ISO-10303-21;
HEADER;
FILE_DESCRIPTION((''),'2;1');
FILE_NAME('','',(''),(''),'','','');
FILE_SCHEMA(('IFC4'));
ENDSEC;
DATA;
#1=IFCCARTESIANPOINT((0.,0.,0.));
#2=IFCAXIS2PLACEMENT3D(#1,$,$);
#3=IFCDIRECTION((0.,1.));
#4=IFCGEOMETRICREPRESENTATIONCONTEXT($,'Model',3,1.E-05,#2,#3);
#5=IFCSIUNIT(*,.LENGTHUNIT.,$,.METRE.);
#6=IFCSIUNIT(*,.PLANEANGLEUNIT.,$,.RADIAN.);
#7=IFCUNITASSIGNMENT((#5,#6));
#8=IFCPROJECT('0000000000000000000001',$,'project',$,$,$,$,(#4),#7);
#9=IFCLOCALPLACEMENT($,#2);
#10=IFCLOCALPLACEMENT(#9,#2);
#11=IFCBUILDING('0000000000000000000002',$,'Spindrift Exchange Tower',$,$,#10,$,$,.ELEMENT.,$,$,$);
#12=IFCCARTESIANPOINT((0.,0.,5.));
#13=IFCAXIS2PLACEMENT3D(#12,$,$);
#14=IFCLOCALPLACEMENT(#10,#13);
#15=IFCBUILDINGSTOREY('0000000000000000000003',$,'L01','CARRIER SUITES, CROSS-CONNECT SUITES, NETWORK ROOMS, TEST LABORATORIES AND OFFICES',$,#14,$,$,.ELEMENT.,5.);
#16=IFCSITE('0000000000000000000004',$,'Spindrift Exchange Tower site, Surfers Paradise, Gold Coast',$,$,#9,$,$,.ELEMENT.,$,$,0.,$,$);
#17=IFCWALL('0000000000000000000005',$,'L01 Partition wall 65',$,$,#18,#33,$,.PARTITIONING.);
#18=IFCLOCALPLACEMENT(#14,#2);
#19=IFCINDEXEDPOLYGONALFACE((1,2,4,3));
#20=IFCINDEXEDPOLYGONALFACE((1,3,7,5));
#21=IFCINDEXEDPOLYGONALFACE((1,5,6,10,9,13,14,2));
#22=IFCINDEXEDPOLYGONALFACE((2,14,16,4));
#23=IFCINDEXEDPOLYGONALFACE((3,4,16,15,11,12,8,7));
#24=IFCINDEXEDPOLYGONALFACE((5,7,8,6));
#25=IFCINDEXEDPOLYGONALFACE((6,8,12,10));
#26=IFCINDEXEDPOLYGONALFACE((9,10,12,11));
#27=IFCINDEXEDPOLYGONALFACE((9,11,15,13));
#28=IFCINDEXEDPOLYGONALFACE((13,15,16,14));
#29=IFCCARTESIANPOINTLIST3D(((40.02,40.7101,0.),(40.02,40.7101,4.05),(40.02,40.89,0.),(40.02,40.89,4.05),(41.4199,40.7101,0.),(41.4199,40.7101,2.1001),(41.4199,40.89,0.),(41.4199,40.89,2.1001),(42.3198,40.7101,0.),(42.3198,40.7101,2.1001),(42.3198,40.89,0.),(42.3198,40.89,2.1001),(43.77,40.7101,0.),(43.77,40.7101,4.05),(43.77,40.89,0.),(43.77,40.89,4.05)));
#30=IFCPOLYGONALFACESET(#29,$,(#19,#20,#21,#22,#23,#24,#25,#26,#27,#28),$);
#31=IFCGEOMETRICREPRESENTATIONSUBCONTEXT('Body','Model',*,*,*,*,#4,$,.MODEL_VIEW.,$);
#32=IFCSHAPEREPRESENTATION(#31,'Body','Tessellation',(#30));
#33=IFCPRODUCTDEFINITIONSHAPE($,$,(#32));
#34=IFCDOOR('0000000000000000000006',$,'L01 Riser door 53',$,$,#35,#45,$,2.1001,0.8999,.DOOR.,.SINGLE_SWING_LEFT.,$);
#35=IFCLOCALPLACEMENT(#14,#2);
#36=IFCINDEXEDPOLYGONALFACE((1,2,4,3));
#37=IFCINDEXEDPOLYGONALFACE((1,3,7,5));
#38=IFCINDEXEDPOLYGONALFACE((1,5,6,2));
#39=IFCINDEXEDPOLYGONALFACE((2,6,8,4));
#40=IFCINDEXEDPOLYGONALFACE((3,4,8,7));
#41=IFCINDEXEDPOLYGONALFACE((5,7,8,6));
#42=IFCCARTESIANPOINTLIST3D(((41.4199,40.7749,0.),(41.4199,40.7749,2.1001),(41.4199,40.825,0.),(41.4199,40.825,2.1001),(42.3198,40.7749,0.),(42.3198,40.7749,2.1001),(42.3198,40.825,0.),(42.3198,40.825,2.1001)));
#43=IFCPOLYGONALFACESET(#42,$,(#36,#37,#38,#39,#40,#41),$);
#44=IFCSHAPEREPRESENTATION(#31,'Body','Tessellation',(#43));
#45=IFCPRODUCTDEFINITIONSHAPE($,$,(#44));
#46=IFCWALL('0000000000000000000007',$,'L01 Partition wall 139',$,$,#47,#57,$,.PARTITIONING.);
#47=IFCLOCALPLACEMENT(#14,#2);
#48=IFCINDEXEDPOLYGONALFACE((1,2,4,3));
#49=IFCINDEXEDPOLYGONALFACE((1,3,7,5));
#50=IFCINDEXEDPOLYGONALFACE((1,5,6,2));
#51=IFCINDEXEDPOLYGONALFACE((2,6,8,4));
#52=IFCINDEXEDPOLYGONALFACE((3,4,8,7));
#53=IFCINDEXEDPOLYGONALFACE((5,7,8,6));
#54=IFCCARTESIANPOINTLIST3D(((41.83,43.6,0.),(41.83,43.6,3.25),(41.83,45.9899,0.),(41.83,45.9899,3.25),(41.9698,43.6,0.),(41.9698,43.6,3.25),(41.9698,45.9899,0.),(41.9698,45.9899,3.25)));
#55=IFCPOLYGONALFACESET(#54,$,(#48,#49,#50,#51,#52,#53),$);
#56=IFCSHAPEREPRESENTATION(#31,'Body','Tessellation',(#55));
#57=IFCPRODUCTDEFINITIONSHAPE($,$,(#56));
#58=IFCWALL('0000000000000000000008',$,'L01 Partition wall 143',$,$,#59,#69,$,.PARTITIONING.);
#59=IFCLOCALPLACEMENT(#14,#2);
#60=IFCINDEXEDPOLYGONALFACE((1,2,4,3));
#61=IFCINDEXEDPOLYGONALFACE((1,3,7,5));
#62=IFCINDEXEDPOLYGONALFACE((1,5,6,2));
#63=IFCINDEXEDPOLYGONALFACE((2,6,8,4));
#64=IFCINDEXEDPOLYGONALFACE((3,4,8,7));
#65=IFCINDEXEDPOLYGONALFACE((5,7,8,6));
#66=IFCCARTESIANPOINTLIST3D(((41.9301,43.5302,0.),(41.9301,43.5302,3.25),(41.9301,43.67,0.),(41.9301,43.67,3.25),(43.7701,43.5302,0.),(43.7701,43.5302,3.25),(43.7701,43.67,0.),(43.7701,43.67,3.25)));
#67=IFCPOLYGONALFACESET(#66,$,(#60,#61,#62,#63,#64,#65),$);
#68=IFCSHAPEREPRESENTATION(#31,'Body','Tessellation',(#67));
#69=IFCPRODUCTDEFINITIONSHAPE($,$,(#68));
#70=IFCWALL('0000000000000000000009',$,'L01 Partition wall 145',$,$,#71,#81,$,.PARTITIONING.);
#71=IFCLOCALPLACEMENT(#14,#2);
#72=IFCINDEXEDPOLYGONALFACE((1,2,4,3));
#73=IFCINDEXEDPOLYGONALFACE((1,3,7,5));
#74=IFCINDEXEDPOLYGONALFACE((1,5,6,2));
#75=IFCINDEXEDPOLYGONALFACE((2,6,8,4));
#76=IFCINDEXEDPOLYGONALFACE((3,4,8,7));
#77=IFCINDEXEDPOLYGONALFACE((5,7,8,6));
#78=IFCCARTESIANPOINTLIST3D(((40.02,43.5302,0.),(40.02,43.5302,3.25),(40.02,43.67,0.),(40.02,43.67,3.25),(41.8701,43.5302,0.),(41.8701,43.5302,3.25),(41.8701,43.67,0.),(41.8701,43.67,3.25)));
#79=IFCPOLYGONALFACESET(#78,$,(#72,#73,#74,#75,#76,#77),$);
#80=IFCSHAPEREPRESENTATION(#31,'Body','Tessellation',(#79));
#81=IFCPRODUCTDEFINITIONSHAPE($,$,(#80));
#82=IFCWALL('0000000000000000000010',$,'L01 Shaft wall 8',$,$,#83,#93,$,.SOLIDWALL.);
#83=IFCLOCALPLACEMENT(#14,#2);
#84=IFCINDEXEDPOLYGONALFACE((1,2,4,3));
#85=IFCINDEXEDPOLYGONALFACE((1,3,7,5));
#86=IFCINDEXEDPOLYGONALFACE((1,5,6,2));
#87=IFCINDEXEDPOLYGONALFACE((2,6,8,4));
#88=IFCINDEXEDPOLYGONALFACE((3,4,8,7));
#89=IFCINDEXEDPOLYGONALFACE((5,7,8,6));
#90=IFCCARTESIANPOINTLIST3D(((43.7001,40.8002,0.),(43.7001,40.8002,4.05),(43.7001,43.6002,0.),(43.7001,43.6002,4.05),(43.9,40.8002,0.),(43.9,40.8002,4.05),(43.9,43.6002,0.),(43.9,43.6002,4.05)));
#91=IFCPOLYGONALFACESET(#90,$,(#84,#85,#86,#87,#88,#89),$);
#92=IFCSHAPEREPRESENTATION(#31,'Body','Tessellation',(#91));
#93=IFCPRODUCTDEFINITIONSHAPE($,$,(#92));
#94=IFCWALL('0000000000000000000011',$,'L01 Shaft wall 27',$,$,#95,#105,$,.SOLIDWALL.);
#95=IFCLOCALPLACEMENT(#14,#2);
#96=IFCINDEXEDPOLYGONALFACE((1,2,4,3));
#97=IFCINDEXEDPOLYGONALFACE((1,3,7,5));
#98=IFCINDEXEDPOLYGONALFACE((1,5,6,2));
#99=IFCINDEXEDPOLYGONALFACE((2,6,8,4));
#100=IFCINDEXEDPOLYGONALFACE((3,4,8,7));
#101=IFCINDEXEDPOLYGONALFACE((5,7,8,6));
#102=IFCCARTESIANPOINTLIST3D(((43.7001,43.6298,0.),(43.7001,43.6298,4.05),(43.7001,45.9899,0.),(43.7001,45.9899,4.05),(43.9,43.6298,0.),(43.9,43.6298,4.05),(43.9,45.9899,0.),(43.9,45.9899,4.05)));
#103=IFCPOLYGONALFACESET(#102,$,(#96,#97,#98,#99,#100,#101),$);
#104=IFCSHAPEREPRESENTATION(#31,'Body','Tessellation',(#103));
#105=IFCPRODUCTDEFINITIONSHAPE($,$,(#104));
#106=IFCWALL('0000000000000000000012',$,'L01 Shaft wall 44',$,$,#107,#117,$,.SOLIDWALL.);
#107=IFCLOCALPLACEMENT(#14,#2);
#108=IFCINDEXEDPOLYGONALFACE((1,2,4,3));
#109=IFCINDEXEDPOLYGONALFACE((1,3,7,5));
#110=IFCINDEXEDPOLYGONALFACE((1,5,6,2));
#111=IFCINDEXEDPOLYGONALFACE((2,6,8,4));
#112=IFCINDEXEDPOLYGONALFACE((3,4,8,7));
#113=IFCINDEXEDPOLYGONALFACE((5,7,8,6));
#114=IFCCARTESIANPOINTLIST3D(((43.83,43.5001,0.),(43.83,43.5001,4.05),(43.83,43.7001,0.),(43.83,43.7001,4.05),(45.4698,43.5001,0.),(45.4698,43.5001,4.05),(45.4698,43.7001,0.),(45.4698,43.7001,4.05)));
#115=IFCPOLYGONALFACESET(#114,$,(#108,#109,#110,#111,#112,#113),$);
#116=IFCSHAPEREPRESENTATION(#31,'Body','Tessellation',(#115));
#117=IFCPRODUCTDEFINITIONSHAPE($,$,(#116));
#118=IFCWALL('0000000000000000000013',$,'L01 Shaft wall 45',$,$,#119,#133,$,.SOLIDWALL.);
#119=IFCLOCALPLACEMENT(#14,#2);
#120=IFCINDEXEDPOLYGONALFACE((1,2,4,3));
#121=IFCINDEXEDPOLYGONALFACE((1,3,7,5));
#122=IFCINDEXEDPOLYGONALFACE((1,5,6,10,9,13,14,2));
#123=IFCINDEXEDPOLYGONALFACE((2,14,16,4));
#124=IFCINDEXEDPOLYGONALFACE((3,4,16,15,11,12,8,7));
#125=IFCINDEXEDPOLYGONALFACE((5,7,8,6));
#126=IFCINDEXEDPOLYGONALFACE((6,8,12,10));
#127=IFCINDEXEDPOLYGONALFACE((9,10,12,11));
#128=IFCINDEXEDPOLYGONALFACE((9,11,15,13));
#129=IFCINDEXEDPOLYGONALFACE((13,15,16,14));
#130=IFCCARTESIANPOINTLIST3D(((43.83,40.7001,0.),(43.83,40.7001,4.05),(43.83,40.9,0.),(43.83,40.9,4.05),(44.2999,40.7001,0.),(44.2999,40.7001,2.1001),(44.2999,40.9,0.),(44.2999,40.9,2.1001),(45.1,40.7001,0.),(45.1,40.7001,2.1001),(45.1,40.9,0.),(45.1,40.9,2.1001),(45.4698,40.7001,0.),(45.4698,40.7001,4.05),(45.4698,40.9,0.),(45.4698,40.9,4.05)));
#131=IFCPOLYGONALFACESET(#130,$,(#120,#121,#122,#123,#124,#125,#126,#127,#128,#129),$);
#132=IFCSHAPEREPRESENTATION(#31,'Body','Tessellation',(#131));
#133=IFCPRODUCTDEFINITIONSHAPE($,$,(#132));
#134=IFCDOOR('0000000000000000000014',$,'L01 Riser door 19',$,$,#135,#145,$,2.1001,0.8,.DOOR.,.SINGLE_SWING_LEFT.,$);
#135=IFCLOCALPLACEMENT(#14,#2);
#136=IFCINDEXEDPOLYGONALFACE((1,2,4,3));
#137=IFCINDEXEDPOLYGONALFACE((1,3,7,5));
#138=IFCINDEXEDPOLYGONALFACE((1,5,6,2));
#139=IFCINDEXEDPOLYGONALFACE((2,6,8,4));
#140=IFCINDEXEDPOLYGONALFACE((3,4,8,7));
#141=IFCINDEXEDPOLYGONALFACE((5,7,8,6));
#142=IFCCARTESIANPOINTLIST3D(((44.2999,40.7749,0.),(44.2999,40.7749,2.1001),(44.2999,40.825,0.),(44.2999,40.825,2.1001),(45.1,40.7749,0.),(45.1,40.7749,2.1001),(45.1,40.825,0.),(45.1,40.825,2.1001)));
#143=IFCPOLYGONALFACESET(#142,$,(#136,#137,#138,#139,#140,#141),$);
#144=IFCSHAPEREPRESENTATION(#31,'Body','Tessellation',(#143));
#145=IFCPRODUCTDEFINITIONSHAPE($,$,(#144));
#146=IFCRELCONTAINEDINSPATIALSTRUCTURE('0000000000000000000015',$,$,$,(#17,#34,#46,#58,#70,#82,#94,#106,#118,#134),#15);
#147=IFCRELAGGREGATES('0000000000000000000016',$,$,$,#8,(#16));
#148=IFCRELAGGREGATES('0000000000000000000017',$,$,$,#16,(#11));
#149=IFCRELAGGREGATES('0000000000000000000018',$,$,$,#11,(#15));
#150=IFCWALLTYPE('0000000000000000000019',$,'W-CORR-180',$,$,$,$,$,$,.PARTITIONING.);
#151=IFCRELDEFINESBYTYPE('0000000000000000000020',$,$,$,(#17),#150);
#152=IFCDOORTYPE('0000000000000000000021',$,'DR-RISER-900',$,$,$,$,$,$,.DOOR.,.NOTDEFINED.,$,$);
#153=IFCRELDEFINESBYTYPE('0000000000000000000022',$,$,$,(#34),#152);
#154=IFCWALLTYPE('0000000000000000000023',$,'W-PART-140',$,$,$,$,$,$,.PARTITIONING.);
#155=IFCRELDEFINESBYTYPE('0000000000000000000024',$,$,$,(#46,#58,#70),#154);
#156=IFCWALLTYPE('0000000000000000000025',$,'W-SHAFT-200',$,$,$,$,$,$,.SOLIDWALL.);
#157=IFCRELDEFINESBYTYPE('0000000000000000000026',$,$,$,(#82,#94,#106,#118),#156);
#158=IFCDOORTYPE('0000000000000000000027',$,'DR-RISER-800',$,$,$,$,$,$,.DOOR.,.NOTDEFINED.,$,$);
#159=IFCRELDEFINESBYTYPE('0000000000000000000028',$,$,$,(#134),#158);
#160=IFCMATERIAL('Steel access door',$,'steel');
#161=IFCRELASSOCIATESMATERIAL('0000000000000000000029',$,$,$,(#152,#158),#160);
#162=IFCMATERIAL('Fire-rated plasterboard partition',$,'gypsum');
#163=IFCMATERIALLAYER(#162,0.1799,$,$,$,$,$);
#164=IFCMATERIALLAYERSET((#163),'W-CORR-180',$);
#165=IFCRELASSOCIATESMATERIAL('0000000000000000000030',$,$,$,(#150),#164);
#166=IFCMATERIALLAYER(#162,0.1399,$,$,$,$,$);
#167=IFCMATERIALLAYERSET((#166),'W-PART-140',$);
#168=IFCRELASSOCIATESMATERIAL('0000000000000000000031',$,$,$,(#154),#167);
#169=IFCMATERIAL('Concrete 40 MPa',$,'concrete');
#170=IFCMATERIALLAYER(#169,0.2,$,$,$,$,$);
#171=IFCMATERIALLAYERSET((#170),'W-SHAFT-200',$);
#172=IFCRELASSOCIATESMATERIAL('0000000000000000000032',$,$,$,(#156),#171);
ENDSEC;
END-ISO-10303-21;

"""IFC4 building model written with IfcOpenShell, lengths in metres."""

from ifc_helpers import new_model, si_unit, direction, frame, frame_2d, origin, place, context, subcontext, project, spatial, rectangle, extrude, source, transform, mapped, material, layer, layer_set, type_object, element, fill, save


model = new_model("IFC4")

# Units and contexts
model_context = context("Model", 3, precision=1e-05, world=origin(), true_north=direction((0.0, 1.0)))
body_context = subcontext(model_context, "Body", "Model", "MODEL_VIEW")
ifc_project = project(units=[si_unit("LENGTHUNIT", "METRE"), si_unit("PLANEANGLEUNIT", "RADIAN")], contexts=[model_context])

# Site, building, storey
site_placement = place(None, origin())
site = spatial("IfcSite", under=ifc_project, at=site_placement, Name="Spindrift Exchange Tower site, Surfers Paradise, Gold Coast", CompositionType="ELEMENT", RefElevation=0.0)
building_placement = place(site_placement, origin())
building = spatial("IfcBuilding", under=site, at=building_placement, Name="Spindrift Exchange Tower", CompositionType="ELEMENT")
storey_placement = place(building_placement, frame((0.0, 0.0, 5.0)))
storey = spatial("IfcBuildingStorey", under=building, at=storey_placement, Name="L01", Description="CARRIER SUITES, CROSS-CONNECT SUITES, NETWORK ROOMS, TEST LABORATORIES AND OFFICES", CompositionType="ELEMENT", Elevation=5.0)

# Shared definitions
ifc_material_1 = material(Name="Steel access door", Category="steel")
door_type_1 = type_object("IfcDoorType", Name="DR-RISER-900", OperationType="NOTDEFINED", PredefinedType="DOOR", material=ifc_material_1)
shared_shape_1 = source(origin(), body_context, "Body", "SweptSolid", [
    extrude(rectangle(XDim=0.8999, YDim=2.1001, at=frame_2d((0.45, 1.05))), frame((0.0, 0.0249, 0.0), z_axis=(0.0, -1.0, 0.0), x_axis=(1.0, 0.0, 0.0)), (0.0, 0.0, 1.0), 0.05),
])

# Wall, opening, door
ifc_material_2 = material(Name="Fire-rated plasterboard partition", Category="gypsum")
ifc_layer_1 = layer(ifc_material_2, 0.1799)
ifc_layer_set_1 = layer_set([ifc_layer_1], Name="W-CORR-180")
wall_type_1 = type_object("IfcWallType", Name="W-CORR-180", PredefinedType="PARTITIONING", material=ifc_layer_set_1)
wall_1_placement = place(storey_placement, frame((40.02, 40.8, 0.0), z_axis=(0.0, 0.0, 1.0), x_axis=(1.0, 0.0, 0.0)))
wall_1 = element("IfcWall", 1, at=wall_1_placement, inside=storey, type_object=wall_type_1, Name="L01 Partition wall 65", PredefinedType="PARTITIONING", context=body_context, shape_type="SweptSolid", body=[
    extrude(rectangle(XDim=3.75, YDim=0.1799, at=frame_2d((1.875, 0.0))), origin(), (0.0, 0.0, 1.0), 4.05),
])
opening_1_placement = place(wall_1_placement, frame((1.3999, 0.0, 0.0)))
opening_1 = element("IfcOpeningElement", 2, at=opening_1_placement, cuts=wall_1, PredefinedType="OPENING", context=body_context, shape_type="SweptSolid", body=[
    extrude(rectangle(XDim=0.8999, YDim=2.1001, at=frame_2d((0.45, 1.05))), frame((0.0, 0.0999, 0.0), z_axis=(0.0, -1.0, 0.0), x_axis=(1.0, 0.0, 0.0)), (0.0, 0.0, 1.0), 0.2),
])
door_1_placement = place(opening_1_placement, origin())
door_1 = element("IfcDoor", 3, at=door_1_placement, inside=storey, type_object=door_type_1, Name="L01 Riser door 53", OperationType="SINGLE_SWING_LEFT", OverallHeight=2.1001, OverallWidth=0.8999, PredefinedType="DOOR", context=body_context, shape_type="MappedRepresentation", body=[
    mapped(shared_shape_1, transform((0.0, 0.0, 0.0), scale=1.0)),
])
fill(opening_1, door_1)

# Walls
ifc_layer_2 = layer(ifc_material_2, 0.1399)
ifc_layer_set_2 = layer_set([ifc_layer_2], Name="W-PART-140")
wall_type_2 = type_object("IfcWallType", Name="W-PART-140", PredefinedType="PARTITIONING", material=ifc_layer_set_2)
wall_2_placement = place(storey_placement, frame((41.8999, 43.6001, 0.0), z_axis=(0.0, 0.0, 1.0), x_axis=(0.0, 1.0, 0.0)))
element("IfcWall", 4, at=wall_2_placement, inside=storey, type_object=wall_type_2, Name="L01 Partition wall 139", PredefinedType="PARTITIONING", context=body_context, shape_type="SweptSolid", body=[
    extrude(rectangle(XDim=2.3899, YDim=0.1399, at=frame_2d((1.1948, 0.0))), origin(), (0.0, 0.0, 1.0), 3.25),
])
wall_3_placement = place(storey_placement, frame((43.77, 43.6001, 0.0), z_axis=(0.0, 0.0, 1.0), x_axis=(-1.0, 0.0, 0.0)))
element("IfcWall", 5, at=wall_3_placement, inside=storey, type_object=wall_type_2, Name="L01 Partition wall 143", PredefinedType="PARTITIONING", context=body_context, shape_type="SweptSolid", body=[
    extrude(rectangle(XDim=1.8401, YDim=0.1399, at=frame_2d((0.9199, 0.0))), origin(), (0.0, 0.0, 1.0), 3.25),
])
wall_4_placement = place(storey_placement, frame((41.8701, 43.6001, 0.0), z_axis=(0.0, 0.0, 1.0), x_axis=(-1.0, 0.0, 0.0)))
element("IfcWall", 6, at=wall_4_placement, inside=storey, type_object=wall_type_2, Name="L01 Partition wall 145", PredefinedType="PARTITIONING", context=body_context, shape_type="SweptSolid", body=[
    extrude(rectangle(XDim=1.8501, YDim=0.1399, at=frame_2d((0.925, 0.0))), origin(), (0.0, 0.0, 1.0), 3.25),
])
ifc_material_3 = material(Name="Concrete 40 MPa", Category="concrete")
ifc_layer_3 = layer(ifc_material_3, 0.2)
ifc_layer_set_3 = layer_set([ifc_layer_3], Name="W-SHAFT-200")
wall_type_3 = type_object("IfcWallType", Name="W-SHAFT-200", PredefinedType="SOLIDWALL", material=ifc_layer_set_3)
wall_5_placement = place(storey_placement, frame((43.8, 43.6001, 0.0), z_axis=(0.0, 0.0, 1.0), x_axis=(0.0, -1.0, 0.0)))
element("IfcWall", 7, at=wall_5_placement, inside=storey, type_object=wall_type_3, Name="L01 Shaft wall 8", PredefinedType="SOLIDWALL", context=body_context, shape_type="SweptSolid", body=[
    extrude(rectangle(XDim=2.8, YDim=0.2, at=frame_2d((1.3999, 0.0))), origin(), (0.0, 0.0, 1.0), 4.05),
])
wall_6_placement = place(storey_placement, frame((43.8, 45.99, 0.0), z_axis=(0.0, 0.0, 1.0), x_axis=(0.0, -1.0, 0.0)))
element("IfcWall", 8, at=wall_6_placement, inside=storey, type_object=wall_type_3, Name="L01 Shaft wall 27", PredefinedType="SOLIDWALL", context=body_context, shape_type="SweptSolid", body=[
    extrude(rectangle(XDim=2.3601, YDim=0.2, at=frame_2d((1.1802, 0.0))), origin(), (0.0, 0.0, 1.0), 4.05),
])
wall_7_placement = place(storey_placement, frame((43.8301, 43.6001, 0.0), z_axis=(0.0, 0.0, 1.0), x_axis=(1.0, 0.0, 0.0)))
element("IfcWall", 9, at=wall_7_placement, inside=storey, type_object=wall_type_3, Name="L01 Shaft wall 44", PredefinedType="SOLIDWALL", context=body_context, shape_type="SweptSolid", body=[
    extrude(rectangle(XDim=1.6399, YDim=0.2, at=frame_2d((0.8198, 0.0))), origin(), (0.0, 0.0, 1.0), 4.05),
])

# Wall, opening, door
wall_8_placement = place(storey_placement, frame((43.8301, 40.8, 0.0), z_axis=(0.0, 0.0, 1.0), x_axis=(1.0, 0.0, 0.0)))
wall_8 = element("IfcWall", 10, at=wall_8_placement, inside=storey, type_object=wall_type_3, Name="L01 Shaft wall 45", PredefinedType="SOLIDWALL", context=body_context, shape_type="SweptSolid", body=[
    extrude(rectangle(XDim=1.6399, YDim=0.2, at=frame_2d((0.8198, 0.0))), origin(), (0.0, 0.0, 1.0), 4.05),
])
opening_2_placement = place(wall_8_placement, frame((0.47, 0.0, 0.0)))
opening_2 = element("IfcOpeningElement", 11, at=opening_2_placement, cuts=wall_8, PredefinedType="OPENING", context=body_context, shape_type="SweptSolid", body=[
    extrude(rectangle(XDim=0.8, YDim=2.1001, at=frame_2d((0.3999, 1.05))), frame((0.0, 0.1099, 0.0), z_axis=(0.0, -1.0, 0.0), x_axis=(1.0, 0.0, 0.0)), (0.0, 0.0, 1.0), 0.22),
])
door_type_2 = type_object("IfcDoorType", Name="DR-RISER-800", OperationType="NOTDEFINED", PredefinedType="DOOR", material=ifc_material_1)
shared_shape_2 = source(origin(), body_context, "Body", "SweptSolid", [
    extrude(rectangle(XDim=0.8, YDim=2.1001, at=frame_2d((0.3999, 1.05))), frame((0.0, 0.0249, 0.0), z_axis=(0.0, -1.0, 0.0), x_axis=(1.0, 0.0, 0.0)), (0.0, 0.0, 1.0), 0.05),
])
door_2_placement = place(opening_2_placement, origin())
door_2 = element("IfcDoor", 12, at=door_2_placement, inside=storey, type_object=door_type_2, Name="L01 Riser door 19", OperationType="SINGLE_SWING_LEFT", OverallHeight=2.1001, OverallWidth=0.8, PredefinedType="DOOR", context=body_context, shape_type="MappedRepresentation", body=[
    mapped(shared_shape_2, transform((0.0, 0.0, 0.0), scale=1.0)),
])
fill(opening_2, door_2)

save(model, "model.ifc")
